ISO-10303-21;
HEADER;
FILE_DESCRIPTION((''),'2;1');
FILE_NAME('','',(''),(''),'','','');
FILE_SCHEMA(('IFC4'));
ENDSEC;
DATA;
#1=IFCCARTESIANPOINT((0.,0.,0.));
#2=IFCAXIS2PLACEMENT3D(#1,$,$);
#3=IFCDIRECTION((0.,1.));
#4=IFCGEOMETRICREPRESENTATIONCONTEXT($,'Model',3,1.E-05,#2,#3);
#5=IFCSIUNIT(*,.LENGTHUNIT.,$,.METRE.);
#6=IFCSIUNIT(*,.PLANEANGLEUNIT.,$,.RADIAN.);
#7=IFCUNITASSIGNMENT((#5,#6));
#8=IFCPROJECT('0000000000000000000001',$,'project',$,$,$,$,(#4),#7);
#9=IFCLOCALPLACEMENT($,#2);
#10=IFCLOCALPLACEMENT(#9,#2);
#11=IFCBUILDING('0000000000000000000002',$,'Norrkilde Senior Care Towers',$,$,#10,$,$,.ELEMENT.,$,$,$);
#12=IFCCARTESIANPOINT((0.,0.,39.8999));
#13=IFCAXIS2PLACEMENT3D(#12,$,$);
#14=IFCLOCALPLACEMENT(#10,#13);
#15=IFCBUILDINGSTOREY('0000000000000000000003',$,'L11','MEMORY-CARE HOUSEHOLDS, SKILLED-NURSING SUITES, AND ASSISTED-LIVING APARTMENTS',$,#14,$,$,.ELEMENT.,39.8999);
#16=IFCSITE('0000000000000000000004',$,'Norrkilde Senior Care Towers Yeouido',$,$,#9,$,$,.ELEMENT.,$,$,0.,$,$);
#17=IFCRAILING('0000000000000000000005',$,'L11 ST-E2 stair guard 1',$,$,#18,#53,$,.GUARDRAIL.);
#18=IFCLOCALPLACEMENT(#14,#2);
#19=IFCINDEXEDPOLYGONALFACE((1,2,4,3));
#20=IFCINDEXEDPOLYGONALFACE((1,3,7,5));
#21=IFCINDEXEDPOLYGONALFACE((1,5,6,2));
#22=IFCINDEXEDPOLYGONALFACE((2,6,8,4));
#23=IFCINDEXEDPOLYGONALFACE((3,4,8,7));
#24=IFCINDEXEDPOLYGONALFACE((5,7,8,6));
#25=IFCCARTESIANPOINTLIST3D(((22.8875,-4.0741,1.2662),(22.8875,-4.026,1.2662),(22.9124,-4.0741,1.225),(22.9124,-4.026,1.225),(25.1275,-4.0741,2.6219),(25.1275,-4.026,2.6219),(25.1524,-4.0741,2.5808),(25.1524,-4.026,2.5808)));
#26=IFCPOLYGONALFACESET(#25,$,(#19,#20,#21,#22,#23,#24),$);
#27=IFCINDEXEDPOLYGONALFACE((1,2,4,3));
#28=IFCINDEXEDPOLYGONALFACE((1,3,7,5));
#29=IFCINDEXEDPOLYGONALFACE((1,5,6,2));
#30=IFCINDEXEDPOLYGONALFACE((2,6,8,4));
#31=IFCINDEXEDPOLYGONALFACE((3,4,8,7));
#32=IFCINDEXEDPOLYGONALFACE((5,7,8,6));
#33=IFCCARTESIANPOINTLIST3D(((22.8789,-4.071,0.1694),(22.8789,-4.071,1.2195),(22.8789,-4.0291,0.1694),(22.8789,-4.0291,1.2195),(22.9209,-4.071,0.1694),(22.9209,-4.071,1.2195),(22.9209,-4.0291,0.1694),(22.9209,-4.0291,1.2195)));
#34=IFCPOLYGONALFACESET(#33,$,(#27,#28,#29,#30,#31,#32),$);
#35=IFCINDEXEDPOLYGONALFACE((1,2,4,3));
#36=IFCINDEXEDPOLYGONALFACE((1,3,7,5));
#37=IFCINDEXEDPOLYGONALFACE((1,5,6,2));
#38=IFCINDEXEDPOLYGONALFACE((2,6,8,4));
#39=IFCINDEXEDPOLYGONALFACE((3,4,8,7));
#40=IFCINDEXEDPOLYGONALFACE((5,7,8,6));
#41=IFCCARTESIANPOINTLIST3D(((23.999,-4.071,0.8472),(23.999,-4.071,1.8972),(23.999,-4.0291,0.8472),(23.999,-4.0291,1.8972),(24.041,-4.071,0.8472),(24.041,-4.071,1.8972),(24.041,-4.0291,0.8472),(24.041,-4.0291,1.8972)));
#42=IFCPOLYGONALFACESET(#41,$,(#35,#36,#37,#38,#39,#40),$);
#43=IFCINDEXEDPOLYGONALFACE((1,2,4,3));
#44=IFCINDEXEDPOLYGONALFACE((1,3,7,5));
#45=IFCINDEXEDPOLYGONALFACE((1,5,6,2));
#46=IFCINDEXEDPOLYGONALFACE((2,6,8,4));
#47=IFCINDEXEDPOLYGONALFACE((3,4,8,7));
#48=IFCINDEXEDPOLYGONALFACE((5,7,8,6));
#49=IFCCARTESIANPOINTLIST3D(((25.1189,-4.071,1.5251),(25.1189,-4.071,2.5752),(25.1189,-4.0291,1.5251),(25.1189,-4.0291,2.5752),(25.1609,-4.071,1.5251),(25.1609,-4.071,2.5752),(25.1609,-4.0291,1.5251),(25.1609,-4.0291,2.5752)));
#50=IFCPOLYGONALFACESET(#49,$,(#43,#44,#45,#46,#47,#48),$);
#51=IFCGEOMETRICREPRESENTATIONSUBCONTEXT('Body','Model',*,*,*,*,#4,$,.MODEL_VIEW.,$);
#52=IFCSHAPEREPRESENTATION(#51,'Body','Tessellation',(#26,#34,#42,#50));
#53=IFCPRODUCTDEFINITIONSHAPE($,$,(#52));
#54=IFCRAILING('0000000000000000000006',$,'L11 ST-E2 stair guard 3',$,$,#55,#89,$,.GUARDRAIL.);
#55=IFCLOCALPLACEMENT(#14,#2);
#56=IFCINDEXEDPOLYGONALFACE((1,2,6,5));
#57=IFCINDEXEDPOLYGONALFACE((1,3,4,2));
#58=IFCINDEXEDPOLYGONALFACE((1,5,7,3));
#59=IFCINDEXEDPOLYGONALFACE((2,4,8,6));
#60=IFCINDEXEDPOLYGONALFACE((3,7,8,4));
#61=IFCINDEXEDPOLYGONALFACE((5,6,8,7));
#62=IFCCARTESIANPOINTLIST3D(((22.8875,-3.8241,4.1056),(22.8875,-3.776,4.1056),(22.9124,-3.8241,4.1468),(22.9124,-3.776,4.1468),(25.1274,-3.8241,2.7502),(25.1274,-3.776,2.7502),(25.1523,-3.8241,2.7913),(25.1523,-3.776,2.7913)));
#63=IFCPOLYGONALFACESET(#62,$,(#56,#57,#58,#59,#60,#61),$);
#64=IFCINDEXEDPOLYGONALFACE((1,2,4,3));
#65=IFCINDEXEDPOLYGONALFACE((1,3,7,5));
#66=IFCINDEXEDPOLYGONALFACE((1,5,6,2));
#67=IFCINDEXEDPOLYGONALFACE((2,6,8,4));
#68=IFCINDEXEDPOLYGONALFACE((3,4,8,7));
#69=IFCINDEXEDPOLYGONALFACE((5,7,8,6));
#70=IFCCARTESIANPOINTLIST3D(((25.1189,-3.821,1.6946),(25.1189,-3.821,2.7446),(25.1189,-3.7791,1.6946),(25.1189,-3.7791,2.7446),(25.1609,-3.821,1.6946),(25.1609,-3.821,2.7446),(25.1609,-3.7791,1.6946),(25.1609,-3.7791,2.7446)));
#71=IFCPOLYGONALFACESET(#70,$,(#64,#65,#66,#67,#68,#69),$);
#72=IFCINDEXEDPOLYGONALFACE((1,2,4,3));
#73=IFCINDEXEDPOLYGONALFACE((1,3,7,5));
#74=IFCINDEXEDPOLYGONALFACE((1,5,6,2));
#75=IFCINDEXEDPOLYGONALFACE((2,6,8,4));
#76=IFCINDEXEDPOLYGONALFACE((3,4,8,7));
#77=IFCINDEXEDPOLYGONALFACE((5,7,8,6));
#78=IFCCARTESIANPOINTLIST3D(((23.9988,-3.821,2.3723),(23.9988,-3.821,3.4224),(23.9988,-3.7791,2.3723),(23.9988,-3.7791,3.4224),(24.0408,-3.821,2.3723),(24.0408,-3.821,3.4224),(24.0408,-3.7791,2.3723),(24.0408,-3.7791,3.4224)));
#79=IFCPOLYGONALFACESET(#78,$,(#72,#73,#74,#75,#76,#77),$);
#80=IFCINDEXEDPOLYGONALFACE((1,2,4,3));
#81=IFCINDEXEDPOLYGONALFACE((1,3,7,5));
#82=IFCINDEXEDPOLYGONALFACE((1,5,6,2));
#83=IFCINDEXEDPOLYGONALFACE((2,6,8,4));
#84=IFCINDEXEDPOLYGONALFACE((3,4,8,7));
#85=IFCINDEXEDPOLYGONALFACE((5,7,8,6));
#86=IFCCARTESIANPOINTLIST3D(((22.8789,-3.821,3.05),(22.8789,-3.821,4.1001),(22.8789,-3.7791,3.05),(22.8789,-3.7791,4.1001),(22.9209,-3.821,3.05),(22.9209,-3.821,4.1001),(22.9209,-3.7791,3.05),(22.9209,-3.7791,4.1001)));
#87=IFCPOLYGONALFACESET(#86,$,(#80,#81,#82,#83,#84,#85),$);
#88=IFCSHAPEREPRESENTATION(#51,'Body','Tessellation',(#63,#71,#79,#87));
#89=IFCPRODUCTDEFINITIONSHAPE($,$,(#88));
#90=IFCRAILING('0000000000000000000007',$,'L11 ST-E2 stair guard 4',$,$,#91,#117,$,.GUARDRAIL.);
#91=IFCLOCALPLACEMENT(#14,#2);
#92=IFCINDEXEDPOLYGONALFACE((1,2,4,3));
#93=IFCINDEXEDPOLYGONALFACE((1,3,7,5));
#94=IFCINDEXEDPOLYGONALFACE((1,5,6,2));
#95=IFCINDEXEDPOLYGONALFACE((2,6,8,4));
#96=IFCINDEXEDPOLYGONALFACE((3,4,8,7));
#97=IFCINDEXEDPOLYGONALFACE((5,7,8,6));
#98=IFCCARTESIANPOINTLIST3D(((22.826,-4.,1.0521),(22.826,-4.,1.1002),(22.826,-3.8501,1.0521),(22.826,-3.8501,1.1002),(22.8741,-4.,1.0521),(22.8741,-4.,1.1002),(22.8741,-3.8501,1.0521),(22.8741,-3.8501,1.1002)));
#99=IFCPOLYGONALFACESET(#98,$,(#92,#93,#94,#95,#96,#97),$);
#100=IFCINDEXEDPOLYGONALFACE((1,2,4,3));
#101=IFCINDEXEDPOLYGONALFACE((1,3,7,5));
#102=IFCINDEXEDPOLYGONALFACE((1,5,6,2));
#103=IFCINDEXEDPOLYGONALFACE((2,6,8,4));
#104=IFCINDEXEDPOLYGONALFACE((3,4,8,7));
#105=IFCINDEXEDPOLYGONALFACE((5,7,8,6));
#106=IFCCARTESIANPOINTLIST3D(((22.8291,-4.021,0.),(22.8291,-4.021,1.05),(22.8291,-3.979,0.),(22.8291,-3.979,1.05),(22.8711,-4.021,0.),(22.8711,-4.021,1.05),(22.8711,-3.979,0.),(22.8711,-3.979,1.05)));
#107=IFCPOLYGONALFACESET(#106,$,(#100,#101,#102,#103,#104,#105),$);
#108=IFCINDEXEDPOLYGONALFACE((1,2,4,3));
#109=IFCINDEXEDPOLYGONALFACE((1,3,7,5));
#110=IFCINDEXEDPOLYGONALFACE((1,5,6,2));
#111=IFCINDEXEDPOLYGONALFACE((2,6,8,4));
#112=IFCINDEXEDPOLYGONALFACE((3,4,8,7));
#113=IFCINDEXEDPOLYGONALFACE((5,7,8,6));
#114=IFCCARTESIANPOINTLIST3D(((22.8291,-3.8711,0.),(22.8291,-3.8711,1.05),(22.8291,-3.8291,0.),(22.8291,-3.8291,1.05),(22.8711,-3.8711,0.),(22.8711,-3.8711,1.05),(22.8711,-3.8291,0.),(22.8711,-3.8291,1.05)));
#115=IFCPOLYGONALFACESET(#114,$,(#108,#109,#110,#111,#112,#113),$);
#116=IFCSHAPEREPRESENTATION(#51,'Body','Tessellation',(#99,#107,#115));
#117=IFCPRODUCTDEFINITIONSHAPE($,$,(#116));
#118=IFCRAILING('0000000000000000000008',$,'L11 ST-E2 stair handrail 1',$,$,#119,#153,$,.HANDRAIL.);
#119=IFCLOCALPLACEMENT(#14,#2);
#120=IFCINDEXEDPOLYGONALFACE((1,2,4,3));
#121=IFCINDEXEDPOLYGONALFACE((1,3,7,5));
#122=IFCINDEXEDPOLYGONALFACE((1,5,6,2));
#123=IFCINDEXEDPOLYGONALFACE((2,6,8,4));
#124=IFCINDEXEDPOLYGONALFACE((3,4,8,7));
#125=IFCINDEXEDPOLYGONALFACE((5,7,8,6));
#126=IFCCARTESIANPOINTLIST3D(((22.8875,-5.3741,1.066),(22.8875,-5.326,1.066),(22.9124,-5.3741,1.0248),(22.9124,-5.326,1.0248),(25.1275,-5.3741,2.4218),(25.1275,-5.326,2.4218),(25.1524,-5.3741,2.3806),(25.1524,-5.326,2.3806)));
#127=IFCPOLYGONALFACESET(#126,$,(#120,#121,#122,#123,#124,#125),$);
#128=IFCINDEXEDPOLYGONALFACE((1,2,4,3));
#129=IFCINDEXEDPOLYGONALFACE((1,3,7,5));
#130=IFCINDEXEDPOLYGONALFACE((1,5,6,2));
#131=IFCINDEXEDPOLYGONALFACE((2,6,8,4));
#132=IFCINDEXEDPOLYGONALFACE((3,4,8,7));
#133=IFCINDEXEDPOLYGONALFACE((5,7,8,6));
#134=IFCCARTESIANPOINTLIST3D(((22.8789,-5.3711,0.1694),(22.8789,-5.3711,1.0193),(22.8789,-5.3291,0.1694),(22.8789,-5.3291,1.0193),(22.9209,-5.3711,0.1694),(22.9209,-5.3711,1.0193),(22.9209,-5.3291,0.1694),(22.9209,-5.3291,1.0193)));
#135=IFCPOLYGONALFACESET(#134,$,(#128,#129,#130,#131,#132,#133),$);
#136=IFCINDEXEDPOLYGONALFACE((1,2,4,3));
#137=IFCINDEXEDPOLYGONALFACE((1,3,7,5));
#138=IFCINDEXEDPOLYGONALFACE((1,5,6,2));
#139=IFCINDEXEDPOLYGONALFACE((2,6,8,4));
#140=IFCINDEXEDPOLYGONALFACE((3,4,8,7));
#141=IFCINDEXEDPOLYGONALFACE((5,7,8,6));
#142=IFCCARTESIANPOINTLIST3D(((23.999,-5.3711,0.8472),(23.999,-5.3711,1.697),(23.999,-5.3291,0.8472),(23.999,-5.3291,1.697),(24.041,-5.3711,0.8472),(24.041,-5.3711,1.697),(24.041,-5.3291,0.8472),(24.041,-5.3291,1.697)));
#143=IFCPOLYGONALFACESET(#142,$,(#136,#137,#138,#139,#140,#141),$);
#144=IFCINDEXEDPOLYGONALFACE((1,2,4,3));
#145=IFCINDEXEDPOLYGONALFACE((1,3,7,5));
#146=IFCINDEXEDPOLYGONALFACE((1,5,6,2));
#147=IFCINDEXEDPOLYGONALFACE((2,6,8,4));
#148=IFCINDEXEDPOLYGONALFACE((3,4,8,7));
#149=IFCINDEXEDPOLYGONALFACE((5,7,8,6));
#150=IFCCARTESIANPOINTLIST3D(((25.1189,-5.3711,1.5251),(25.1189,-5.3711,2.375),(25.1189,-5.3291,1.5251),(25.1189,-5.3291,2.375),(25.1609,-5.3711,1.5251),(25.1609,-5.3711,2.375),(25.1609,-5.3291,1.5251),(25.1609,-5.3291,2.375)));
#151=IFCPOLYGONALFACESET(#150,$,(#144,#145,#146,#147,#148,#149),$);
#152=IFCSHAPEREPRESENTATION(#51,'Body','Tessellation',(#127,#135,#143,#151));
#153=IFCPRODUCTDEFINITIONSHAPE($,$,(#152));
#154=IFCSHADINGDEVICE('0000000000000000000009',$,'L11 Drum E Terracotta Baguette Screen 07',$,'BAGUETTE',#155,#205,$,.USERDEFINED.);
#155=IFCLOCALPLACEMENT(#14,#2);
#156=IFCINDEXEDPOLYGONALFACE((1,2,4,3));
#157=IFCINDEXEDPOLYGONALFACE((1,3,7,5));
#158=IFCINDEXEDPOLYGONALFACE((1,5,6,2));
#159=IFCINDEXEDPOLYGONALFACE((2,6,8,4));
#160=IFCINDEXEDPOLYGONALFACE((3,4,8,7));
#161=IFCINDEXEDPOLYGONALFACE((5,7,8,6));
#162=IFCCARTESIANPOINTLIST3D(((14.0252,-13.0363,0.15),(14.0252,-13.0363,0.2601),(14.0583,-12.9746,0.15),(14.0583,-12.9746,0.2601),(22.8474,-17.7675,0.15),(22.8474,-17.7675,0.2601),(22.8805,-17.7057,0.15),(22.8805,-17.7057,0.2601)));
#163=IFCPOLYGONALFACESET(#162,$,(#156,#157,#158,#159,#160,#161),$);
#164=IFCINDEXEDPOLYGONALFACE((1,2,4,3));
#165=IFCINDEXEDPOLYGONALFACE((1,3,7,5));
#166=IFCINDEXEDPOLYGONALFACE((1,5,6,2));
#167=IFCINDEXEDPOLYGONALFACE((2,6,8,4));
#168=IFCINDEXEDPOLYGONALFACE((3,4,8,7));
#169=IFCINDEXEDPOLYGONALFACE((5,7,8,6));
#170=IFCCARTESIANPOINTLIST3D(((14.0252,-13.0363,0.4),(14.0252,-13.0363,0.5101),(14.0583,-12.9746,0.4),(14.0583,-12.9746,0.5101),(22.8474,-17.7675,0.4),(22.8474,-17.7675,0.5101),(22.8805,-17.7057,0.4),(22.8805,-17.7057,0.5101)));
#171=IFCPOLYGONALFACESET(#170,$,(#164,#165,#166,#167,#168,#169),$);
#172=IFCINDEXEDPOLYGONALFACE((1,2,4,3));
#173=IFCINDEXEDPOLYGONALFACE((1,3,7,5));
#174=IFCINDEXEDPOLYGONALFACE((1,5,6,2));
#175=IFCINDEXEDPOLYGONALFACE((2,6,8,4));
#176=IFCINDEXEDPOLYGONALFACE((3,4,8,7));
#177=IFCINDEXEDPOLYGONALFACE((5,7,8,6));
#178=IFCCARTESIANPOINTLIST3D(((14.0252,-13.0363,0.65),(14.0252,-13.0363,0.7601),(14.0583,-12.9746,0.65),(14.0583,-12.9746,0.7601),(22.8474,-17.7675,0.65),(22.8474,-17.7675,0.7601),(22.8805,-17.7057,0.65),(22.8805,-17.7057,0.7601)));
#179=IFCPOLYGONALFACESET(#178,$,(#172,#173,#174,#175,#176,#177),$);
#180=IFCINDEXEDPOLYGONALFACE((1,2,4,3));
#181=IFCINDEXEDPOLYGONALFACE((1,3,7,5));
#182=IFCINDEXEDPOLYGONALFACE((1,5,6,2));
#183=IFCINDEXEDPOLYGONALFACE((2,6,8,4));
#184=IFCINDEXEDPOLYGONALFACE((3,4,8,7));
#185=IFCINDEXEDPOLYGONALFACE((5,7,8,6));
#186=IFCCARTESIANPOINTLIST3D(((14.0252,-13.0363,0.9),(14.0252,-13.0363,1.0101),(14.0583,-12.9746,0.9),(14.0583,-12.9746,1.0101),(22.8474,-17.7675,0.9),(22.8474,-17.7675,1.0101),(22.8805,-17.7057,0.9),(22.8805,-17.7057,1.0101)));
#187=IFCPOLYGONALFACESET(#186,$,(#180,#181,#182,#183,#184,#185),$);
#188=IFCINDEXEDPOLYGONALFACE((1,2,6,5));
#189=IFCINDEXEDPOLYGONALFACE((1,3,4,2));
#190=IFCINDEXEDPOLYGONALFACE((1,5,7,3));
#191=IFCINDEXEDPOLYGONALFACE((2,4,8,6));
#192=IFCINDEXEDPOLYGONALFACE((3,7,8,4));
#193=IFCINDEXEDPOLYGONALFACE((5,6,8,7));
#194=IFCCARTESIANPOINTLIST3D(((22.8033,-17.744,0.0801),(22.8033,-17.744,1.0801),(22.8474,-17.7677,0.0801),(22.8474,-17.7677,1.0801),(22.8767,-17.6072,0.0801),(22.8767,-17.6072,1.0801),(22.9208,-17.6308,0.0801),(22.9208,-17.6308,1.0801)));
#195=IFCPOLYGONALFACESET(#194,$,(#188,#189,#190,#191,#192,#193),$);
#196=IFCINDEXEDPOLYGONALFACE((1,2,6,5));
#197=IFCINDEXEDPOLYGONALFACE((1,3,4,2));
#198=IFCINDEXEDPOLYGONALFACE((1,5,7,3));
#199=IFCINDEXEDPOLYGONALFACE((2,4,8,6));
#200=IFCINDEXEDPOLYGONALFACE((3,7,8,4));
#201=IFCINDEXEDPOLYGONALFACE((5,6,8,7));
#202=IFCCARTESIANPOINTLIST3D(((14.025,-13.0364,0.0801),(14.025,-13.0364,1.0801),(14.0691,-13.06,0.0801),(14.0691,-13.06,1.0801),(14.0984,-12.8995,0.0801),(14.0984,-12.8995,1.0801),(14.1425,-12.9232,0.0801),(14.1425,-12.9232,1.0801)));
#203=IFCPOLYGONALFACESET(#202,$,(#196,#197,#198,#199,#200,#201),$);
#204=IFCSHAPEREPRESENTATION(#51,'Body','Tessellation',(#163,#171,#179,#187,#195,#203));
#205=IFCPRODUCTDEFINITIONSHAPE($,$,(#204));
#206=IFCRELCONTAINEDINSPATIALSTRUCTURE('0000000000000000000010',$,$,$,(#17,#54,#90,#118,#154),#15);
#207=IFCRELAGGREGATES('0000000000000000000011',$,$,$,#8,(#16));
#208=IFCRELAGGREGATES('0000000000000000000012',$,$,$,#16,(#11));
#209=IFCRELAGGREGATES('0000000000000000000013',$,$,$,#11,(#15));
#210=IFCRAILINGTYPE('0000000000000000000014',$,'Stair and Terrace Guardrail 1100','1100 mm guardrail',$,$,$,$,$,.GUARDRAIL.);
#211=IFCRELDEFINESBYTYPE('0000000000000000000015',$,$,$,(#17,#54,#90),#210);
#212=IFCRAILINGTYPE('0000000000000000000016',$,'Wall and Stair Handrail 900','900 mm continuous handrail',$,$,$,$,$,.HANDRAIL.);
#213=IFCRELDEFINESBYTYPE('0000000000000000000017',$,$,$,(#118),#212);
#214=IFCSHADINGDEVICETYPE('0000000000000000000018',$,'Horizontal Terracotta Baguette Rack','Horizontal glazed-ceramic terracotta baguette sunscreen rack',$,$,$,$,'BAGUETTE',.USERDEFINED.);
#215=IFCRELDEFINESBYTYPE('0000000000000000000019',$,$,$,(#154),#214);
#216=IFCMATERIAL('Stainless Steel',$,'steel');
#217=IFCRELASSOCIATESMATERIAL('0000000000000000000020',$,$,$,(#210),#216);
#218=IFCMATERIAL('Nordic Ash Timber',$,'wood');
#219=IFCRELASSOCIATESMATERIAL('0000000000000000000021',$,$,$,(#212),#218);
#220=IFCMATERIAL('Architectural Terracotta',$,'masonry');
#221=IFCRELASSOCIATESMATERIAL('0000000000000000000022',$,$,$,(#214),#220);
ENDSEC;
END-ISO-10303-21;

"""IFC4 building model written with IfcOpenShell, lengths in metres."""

from ifc_helpers import new_model, si_unit, direction, frame, origin, origin_2d, place, context, subcontext, project, spatial, rectangle, extrude, source, transform, mapped, material, type_object, type_shapes, element, save


model = new_model("IFC4")

# Units and contexts
model_context = context("Model", 3, precision=1e-05, world=origin(), true_north=direction((0.0, 1.0)))
body_context = subcontext(model_context, "Body", "Model", "MODEL_VIEW")
ifc_project = project(units=[si_unit("LENGTHUNIT", "METRE"), si_unit("PLANEANGLEUNIT", "RADIAN")], contexts=[model_context])

# Site, building, storey
site_placement = place(None, origin())
site = spatial("IfcSite", under=ifc_project, at=site_placement, Name="Norrkilde Senior Care Towers Yeouido", CompositionType="ELEMENT", RefElevation=0.0)
building_placement = place(site_placement, origin())
building = spatial("IfcBuilding", under=site, at=building_placement, Name="Norrkilde Senior Care Towers", CompositionType="ELEMENT")
storey_placement = place(building_placement, frame((0.0, 0.0, 39.8999)))
storey = spatial("IfcBuildingStorey", under=building, at=storey_placement, Name="L11", Description="MEMORY-CARE HOUSEHOLDS, SKILLED-NURSING SUITES, AND ASSISTED-LIVING APARTMENTS", CompositionType="ELEMENT", Elevation=39.8999)

# Shared definitions
ifc_material_1 = material(Name="Nordic Ash Timber", Category="wood")

# Railings
ifc_material_2 = material(Name="Stainless Steel", Category="steel")
railing_type_1 = type_object("IfcRailingType", Name="Stair and Terrace Guardrail 1100", Description="1100 mm guardrail", PredefinedType="GUARDRAIL", material=ifc_material_2)
railing_1_placement = place(storey_placement, frame((22.8999, -4.05, 0.1694)))
element("IfcRailing", 1, at=railing_1_placement, inside=storey, type_object=railing_type_1, Name="L11 ST-E2 stair guard 1", PredefinedType="GUARDRAIL", context=body_context, shape_type="SweptSolid", body=[
    extrude(rectangle(XDim=0.0481, YDim=0.0481, at=origin_2d()), frame((0.0, 0.0, 1.0762), z_axis=(0.855512, 0.0, 0.517783), x_axis=(0.0, 1.0, 0.0)), (0.0, 0.0, 1.0), 2.6184),
    extrude(rectangle(XDim=0.042, YDim=0.042, at=origin_2d()), origin(), (0.0, 0.0, 1.0), 1.05),
    extrude(rectangle(XDim=0.042, YDim=0.042, at=origin_2d()), frame((1.1201, 0.0, 0.6777)), (0.0, 0.0, 1.0), 1.05),
    extrude(rectangle(XDim=0.042, YDim=0.042, at=origin_2d()), frame((2.24, 0.0, 1.3557)), (0.0, 0.0, 1.0), 1.05),
])
railing_2_placement = place(storey_placement, frame((25.1399, -3.8, 1.6946)))
element("IfcRailing", 2, at=railing_2_placement, inside=storey, type_object=railing_type_1, Name="L11 ST-E2 stair guard 3", PredefinedType="GUARDRAIL", context=body_context, shape_type="SweptSolid", body=[
    extrude(rectangle(XDim=0.0481, YDim=0.0481, at=origin_2d()), frame((0.0, 0.0, 1.0762), z_axis=(-0.855553, 0.0, 0.517715), x_axis=(0.0, -1.0, 0.0)), (0.0, 0.0, 1.0), 2.6182),
    extrude(rectangle(XDim=0.042, YDim=0.042, at=origin_2d()), origin(), (0.0, 0.0, 1.0), 1.05),
    extrude(rectangle(XDim=0.042, YDim=0.042, at=origin_2d()), frame((-1.1201, 0.0, 0.6777)), (0.0, 0.0, 1.0), 1.05),
    extrude(rectangle(XDim=0.042, YDim=0.042, at=origin_2d()), frame((-2.24, 0.0, 1.3555)), (0.0, 0.0, 1.0), 1.05),
])
railing_3_placement = place(storey_placement, frame((22.8501, -4.0, 0.0)))
element("IfcRailing", 3, at=railing_3_placement, inside=storey, type_object=railing_type_1, Name="L11 ST-E2 stair guard 4", PredefinedType="GUARDRAIL", context=body_context, shape_type="SweptSolid", body=[
    extrude(rectangle(XDim=0.0481, YDim=0.0481, at=origin_2d()), frame((0.0, 0.0, 1.0762), z_axis=(0.0, 1.0, 0.0), x_axis=(-1.0, 0.0, 0.0)), (0.0, 0.0, 1.0), 0.1499),
    extrude(rectangle(XDim=0.042, YDim=0.042, at=origin_2d()), origin(), (0.0, 0.0, 1.0), 1.05),
    extrude(rectangle(XDim=0.042, YDim=0.042, at=origin_2d()), frame((0.0, 0.1499, 0.0)), (0.0, 0.0, 1.0), 1.05),
])
railing_type_2 = type_object("IfcRailingType", Name="Wall and Stair Handrail 900", Description="900 mm continuous handrail", PredefinedType="HANDRAIL", material=ifc_material_1)
railing_4_placement = place(storey_placement, frame((22.8999, -5.3501, 0.1694)))
element("IfcRailing", 4, at=railing_4_placement, inside=storey, type_object=railing_type_2, Name="L11 ST-E2 stair handrail 1", PredefinedType="HANDRAIL", context=body_context, shape_type="SweptSolid", body=[
    extrude(rectangle(XDim=0.0481, YDim=0.0481, at=origin_2d()), frame((0.0, 0.0, 0.876), z_axis=(0.855512, 0.0, 0.517783), x_axis=(0.0, 1.0, 0.0)), (0.0, 0.0, 1.0), 2.6184),
    extrude(rectangle(XDim=0.042, YDim=0.042, at=origin_2d()), origin(), (0.0, 0.0, 1.0), 0.8499),
    extrude(rectangle(XDim=0.042, YDim=0.042, at=origin_2d()), frame((1.1201, 0.0, 0.6777)), (0.0, 0.0, 1.0), 0.8499),
    extrude(rectangle(XDim=0.042, YDim=0.042, at=origin_2d()), frame((2.24, 0.0, 1.3557)), (0.0, 0.0, 1.0), 0.8499),
])

# Shading device
ifc_material_3 = material(Name="Architectural Terracotta", Category="masonry")
shading_device_type = type_object("IfcShadingDeviceType", Name="Horizontal Terracotta Baguette Rack", Description="Horizontal glazed-ceramic terracotta baguette sunscreen rack", ElementType="BAGUETTE", PredefinedType="USERDEFINED", material=ifc_material_3)
shared_shape_1 = source(origin(), body_context, "Body", "SweptSolid", [
    extrude(rectangle(XDim=0.0701, YDim=0.1101, at=origin_2d()), frame((0.0, 0.0901, 0.125), z_axis=(1.0, 0.0, 0.0), x_axis=(0.0, 1.0, 0.0)), (0.0, 0.0, 1.0), 10.0107),
    extrude(rectangle(XDim=0.0701, YDim=0.1101, at=origin_2d()), frame((0.0, 0.0901, 0.375), z_axis=(1.0, 0.0, 0.0), x_axis=(0.0, 1.0, 0.0)), (0.0, 0.0, 1.0), 10.0107),
    extrude(rectangle(XDim=0.0701, YDim=0.1101, at=origin_2d()), frame((0.0, 0.0901, 0.625), z_axis=(1.0, 0.0, 0.0), x_axis=(0.0, 1.0, 0.0)), (0.0, 0.0, 1.0), 10.0107),
    extrude(rectangle(XDim=0.0701, YDim=0.1101, at=origin_2d()), frame((0.0, 0.0901, 0.875), z_axis=(1.0, 0.0, 0.0), x_axis=(0.0, 1.0, 0.0)), (0.0, 0.0, 1.0), 10.0107),
    extrude(rectangle(XDim=0.05, YDim=0.1553, at=origin_2d()), frame((0.0249, 0.0476, 0.0)), (0.0, 0.0, 1.0), 1.0),
    extrude(rectangle(XDim=0.05, YDim=0.1553, at=origin_2d()), frame((9.9858, 0.0476, 0.0)), (0.0, 0.0, 1.0), 1.0),
])
type_shapes(shading_device_type, [shared_shape_1])
shading_device_placement = place(storey_placement, frame((22.9065, -17.6572, 0.0801), z_axis=(0.0, 0.0, 1.0), x_axis=(-0.88128, 0.472612, 0.0)))
element("IfcShadingDevice", 5, at=shading_device_placement, inside=storey, type_object=shading_device_type, Name="L11 Drum E Terracotta Baguette Screen 07", ObjectType="BAGUETTE", PredefinedType="USERDEFINED", context=body_context, shape_type="MappedRepresentation", body=[
    mapped(shared_shape_1, transform((0.0, 0.0, 0.0), x_axis=(1.0, 0.0, 0.0), y_axis=(0.0, 1.0, 0.0), z_axis=(0.0, 0.0, 1.0), scale=1.0)),
])

save(model, "model.ifc")
